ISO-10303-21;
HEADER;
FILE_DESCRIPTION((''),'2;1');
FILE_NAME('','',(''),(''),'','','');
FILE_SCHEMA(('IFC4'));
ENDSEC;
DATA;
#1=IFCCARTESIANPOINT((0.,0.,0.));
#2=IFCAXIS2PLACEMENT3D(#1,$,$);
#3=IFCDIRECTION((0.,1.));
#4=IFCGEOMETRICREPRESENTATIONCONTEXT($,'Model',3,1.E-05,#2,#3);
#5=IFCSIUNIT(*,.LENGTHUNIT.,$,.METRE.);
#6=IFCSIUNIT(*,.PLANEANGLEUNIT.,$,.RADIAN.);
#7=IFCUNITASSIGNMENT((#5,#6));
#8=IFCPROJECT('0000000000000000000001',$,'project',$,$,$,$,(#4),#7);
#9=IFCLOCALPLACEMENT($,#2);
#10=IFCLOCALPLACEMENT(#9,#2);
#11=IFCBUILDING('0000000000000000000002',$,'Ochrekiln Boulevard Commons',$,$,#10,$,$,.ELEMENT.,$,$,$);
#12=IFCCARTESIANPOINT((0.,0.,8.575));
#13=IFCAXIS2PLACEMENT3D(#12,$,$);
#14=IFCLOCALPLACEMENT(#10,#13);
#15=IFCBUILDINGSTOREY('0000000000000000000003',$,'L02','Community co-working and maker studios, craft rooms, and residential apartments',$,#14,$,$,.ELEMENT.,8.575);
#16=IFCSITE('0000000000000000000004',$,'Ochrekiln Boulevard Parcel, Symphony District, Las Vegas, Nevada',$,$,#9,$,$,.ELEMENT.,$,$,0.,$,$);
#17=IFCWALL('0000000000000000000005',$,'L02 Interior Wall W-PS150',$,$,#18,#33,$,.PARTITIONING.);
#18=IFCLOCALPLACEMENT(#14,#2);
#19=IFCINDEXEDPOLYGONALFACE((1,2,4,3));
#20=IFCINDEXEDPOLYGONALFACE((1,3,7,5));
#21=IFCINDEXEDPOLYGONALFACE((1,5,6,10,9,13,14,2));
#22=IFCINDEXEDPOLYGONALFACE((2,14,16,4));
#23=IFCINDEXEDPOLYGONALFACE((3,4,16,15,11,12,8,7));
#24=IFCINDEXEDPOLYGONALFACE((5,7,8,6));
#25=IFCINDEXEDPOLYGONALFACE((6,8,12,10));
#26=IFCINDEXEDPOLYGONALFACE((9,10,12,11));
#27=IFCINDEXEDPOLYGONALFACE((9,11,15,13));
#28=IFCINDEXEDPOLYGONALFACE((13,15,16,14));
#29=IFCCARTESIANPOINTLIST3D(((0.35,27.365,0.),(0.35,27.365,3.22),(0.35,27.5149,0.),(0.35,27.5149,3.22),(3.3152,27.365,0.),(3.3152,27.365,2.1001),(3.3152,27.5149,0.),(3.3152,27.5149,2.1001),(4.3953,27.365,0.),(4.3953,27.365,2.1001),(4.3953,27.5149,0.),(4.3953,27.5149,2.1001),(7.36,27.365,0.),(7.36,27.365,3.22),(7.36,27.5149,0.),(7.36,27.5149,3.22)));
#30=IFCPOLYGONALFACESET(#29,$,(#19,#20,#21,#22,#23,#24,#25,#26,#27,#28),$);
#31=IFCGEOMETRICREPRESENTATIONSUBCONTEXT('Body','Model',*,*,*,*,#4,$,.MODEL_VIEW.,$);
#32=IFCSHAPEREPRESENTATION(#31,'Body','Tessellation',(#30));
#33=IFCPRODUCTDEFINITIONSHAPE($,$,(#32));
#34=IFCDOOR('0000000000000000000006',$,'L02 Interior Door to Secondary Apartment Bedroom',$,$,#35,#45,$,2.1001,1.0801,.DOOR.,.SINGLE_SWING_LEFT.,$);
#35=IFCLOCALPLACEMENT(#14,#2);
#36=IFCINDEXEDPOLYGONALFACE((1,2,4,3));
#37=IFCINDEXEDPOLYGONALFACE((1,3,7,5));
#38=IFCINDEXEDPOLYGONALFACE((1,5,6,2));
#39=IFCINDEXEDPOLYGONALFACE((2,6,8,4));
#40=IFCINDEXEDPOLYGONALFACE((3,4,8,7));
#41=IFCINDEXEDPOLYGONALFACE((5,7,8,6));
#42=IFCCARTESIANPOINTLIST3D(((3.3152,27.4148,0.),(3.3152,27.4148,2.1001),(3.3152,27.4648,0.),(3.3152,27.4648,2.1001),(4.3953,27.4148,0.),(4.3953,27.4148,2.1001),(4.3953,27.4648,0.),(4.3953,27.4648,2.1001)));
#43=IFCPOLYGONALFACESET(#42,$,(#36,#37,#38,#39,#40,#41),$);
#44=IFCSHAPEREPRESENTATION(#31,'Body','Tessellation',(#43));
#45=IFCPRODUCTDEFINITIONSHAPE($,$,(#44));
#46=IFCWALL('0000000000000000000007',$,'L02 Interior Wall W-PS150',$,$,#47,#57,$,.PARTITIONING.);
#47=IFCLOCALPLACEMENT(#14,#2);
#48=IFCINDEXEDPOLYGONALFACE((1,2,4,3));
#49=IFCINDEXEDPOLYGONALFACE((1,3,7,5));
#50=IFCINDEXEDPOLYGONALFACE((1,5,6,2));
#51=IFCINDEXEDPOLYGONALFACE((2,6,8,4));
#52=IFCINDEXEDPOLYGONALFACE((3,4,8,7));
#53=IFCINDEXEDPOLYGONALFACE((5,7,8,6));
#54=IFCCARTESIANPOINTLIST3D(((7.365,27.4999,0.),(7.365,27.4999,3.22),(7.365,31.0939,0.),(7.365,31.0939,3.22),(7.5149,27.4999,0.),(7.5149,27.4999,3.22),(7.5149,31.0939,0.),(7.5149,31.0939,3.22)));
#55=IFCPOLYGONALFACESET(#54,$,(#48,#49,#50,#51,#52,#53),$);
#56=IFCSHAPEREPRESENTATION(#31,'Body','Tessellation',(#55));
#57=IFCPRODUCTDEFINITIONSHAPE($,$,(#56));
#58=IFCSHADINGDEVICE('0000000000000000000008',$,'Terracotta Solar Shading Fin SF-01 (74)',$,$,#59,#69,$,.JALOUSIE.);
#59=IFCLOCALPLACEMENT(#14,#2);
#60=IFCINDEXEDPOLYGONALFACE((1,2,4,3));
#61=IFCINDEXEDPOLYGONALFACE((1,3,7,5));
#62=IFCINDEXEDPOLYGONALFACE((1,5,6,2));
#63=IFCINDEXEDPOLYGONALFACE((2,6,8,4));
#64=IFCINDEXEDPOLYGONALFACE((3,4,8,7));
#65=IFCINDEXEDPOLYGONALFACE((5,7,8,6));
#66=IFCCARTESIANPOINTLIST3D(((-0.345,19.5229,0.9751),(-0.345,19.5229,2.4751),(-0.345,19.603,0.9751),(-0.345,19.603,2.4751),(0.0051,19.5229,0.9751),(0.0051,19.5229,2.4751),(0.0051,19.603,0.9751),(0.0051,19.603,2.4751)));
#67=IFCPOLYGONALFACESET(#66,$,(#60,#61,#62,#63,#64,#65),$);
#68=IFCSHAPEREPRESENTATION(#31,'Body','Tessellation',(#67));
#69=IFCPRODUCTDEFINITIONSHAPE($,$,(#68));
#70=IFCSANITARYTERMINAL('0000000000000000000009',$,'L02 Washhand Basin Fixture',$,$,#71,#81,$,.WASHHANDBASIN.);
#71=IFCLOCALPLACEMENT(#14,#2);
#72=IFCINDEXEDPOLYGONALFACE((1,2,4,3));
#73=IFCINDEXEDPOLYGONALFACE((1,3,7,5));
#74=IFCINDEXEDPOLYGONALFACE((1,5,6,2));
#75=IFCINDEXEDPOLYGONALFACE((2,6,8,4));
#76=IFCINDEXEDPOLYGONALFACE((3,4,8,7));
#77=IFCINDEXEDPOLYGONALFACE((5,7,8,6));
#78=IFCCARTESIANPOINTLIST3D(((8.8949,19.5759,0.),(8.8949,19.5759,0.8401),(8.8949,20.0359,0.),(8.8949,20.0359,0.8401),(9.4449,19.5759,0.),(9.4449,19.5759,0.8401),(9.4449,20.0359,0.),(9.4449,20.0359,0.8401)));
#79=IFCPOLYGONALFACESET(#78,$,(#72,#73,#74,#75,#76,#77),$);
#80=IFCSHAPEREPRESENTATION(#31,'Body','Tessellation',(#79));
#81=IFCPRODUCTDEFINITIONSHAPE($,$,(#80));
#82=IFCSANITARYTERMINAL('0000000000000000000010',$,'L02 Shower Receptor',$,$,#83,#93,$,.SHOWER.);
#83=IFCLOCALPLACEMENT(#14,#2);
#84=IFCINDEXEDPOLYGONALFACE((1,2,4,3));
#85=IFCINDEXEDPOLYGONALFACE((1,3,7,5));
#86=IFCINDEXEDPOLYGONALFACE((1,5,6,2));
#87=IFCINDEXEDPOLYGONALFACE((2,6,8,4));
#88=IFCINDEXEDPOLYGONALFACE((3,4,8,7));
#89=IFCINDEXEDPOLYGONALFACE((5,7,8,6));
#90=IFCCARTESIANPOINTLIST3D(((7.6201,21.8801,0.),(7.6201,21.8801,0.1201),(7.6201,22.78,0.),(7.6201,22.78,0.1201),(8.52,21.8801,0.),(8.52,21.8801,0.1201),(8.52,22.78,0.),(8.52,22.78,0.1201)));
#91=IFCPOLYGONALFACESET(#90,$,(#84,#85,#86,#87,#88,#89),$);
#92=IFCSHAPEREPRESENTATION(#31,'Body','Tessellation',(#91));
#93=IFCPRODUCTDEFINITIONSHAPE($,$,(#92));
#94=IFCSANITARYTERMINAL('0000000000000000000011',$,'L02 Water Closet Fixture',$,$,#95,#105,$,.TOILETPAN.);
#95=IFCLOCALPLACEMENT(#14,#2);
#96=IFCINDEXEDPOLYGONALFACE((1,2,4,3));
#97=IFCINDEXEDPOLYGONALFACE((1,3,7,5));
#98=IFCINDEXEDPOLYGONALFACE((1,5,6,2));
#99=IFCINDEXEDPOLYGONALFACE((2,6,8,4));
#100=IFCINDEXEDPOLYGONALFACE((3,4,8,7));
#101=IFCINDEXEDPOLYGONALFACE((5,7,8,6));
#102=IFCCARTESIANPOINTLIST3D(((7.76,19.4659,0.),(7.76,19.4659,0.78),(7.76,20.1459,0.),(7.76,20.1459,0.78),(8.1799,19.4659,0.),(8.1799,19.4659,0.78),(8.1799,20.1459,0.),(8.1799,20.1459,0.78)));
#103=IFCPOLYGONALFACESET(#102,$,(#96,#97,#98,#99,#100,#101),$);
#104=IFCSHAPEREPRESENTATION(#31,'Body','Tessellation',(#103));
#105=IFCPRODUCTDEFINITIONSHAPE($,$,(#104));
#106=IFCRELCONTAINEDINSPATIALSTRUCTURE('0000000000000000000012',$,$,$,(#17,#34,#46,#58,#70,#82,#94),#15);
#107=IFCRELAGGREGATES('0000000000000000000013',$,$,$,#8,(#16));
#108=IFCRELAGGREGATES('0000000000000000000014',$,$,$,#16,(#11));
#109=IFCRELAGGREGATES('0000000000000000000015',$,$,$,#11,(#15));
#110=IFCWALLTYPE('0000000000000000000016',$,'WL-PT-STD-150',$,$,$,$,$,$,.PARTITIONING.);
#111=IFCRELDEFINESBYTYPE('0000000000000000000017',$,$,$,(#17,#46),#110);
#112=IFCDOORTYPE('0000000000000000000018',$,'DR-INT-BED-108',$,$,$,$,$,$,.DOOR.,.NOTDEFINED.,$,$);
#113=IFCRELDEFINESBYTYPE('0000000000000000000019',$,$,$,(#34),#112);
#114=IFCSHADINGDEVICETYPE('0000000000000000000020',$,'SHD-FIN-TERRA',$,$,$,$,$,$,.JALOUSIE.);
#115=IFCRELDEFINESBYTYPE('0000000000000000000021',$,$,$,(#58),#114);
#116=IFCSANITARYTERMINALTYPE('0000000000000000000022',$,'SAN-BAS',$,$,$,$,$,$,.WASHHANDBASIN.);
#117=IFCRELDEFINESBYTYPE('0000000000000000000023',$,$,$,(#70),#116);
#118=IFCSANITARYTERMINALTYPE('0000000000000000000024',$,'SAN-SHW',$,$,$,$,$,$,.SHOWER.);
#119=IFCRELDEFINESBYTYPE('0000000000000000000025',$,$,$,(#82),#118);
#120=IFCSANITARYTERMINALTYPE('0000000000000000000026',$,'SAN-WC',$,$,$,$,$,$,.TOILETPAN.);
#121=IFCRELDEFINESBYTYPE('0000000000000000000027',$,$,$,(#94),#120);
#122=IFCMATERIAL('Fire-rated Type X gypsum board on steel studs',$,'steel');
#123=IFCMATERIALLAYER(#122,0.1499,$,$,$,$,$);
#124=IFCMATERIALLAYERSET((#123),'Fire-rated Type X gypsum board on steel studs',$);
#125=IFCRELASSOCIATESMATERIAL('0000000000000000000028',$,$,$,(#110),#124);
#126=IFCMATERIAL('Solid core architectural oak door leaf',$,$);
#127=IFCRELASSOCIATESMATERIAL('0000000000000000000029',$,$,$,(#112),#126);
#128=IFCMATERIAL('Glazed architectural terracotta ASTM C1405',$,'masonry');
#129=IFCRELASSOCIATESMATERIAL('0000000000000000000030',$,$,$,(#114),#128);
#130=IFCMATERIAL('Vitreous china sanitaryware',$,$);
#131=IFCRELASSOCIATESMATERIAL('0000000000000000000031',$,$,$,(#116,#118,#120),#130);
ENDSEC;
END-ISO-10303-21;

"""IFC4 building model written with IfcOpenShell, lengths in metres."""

from ifc_helpers import new_model, si_unit, direction, frame, frame_2d, origin, origin_2d, place, context, subcontext, project, spatial, rectangle, extrude, material, layer, layer_set, type_object, element, fill, save


model = new_model("IFC4")

# Units and contexts
model_context = context("Model", 3, precision=1e-05, world=origin(), true_north=direction((0.0, 1.0)))
body_context = subcontext(model_context, "Body", "Model", "MODEL_VIEW")
ifc_project = project(units=[si_unit("LENGTHUNIT", "METRE"), si_unit("PLANEANGLEUNIT", "RADIAN")], contexts=[model_context])

# Site, building, storey
site_placement = place(None, origin())
site = spatial("IfcSite", under=ifc_project, at=site_placement, Name="Ochrekiln Boulevard Parcel, Symphony District, Las Vegas, Nevada", CompositionType="ELEMENT", RefElevation=0.0)
building_placement = place(site_placement, origin())
building = spatial("IfcBuilding", under=site, at=building_placement, Name="Ochrekiln Boulevard Commons", CompositionType="ELEMENT")
storey_placement = place(building_placement, frame((0.0, 0.0, 8.575)))
storey = spatial("IfcBuildingStorey", under=building, at=storey_placement, Name="L02", Description="Community co-working and maker studios, craft rooms, and residential apartments", CompositionType="ELEMENT", Elevation=8.575)

# Shared definitions
ifc_material_1 = material(Name="Solid core architectural oak door leaf")

# Shared definitions
ifc_material_2 = material(Name="Fire-rated Type X gypsum board on steel studs", Category="steel")

# Shared definitions
ifc_layer_1 = layer(ifc_material_2, 0.1499)
ifc_layer_set_1 = layer_set([ifc_layer_1], Name="Fire-rated Type X gypsum board on steel studs")
wall_type_1 = type_object("IfcWallType", Name="WL-PT-STD-150", PredefinedType="PARTITIONING", material=ifc_layer_set_1)
door_type_1 = type_object("IfcDoorType", Name="DR-INT-BED-108", OperationType="NOTDEFINED", PredefinedType="DOOR", material=ifc_material_1)

# Wall, opening, door
wall_1_placement = place(storey_placement, frame((0.3501, 27.4399, 0.0), z_axis=(0.0, 0.0, 1.0), x_axis=(1.0, 0.0, 0.0)))
wall_1 = element("IfcWall", 1, at=wall_1_placement, inside=storey, type_object=wall_type_1, Name="L02 Interior Wall W-PS150", PredefinedType="PARTITIONING", context=body_context, shape_type="SweptSolid", body=[
    extrude(rectangle(XDim=7.01, YDim=0.1499, at=frame_2d((3.5049, 0.0))), origin(), (0.0, 0.0, 1.0), 3.22),
])
opening_1_placement = place(wall_1_placement, frame((2.9651, 0.0, 0.0)))
opening_1 = element("IfcOpeningElement", 2, at=opening_1_placement, cuts=wall_1, PredefinedType="OPENING", context=body_context, shape_type="SweptSolid", body=[
    extrude(rectangle(XDim=1.0801, YDim=2.1001, at=frame_2d((0.54, 1.05))), frame((0.0, 0.085, 0.0), z_axis=(0.0, -1.0, 0.0), x_axis=(1.0, 0.0, 0.0)), (0.0, 0.0, 1.0), 0.1699),
])
door_1_placement = place(opening_1_placement, origin())
door_1 = element("IfcDoor", 3, at=door_1_placement, inside=storey, type_object=door_type_1, Name="L02 Interior Door to Secondary Apartment Bedroom", OperationType="SINGLE_SWING_LEFT", OverallHeight=2.1001, OverallWidth=1.0801, PredefinedType="DOOR", context=body_context, shape_type="SweptSolid", body=[
    extrude(rectangle(XDim=1.0801, YDim=2.1001, at=frame_2d((0.54, 1.05))), frame((0.0, 0.0249, 0.0), z_axis=(0.0, -1.0, 0.0), x_axis=(1.0, 0.0, 0.0)), (0.0, 0.0, 1.0), 0.05),
])
fill(opening_1, door_1)

# Wall
wall_2_placement = place(storey_placement, frame((7.4399, 27.5, 0.0), z_axis=(0.0, 0.0, 1.0), x_axis=(0.0, 1.0, 0.0)))
element("IfcWall", 4, at=wall_2_placement, inside=storey, type_object=wall_type_1, Name="L02 Interior Wall W-PS150", PredefinedType="PARTITIONING", context=body_context, shape_type="SweptSolid", body=[
    extrude(rectangle(XDim=3.594, YDim=0.1499, at=frame_2d((1.7969, 0.0))), origin(), (0.0, 0.0, 1.0), 3.22),
])

# Shading device
ifc_material_3 = material(Name="Glazed architectural terracotta ASTM C1405", Category="masonry")
shading_device_type = type_object("IfcShadingDeviceType", Name="SHD-FIN-TERRA", PredefinedType="JALOUSIE", material=ifc_material_3)
shading_device_placement = place(storey_placement, frame((-0.1699, 19.563, 0.9751), z_axis=(0.0, 0.0, 1.0), x_axis=(1.0, 0.0, 0.0)))
element("IfcShadingDevice", 5, at=shading_device_placement, inside=storey, type_object=shading_device_type, Name="Terracotta Solar Shading Fin SF-01 (74)", PredefinedType="JALOUSIE", context=body_context, shape_type="SweptSolid", body=[
    extrude(rectangle(XDim=0.3501, YDim=0.0801, at=origin_2d()), origin(), (0.0, 0.0, 1.0), 1.5),
])

# Sanitary terminals
ifc_material_4 = material(Name="Vitreous china sanitaryware")
sanitary_terminal_type_1 = type_object("IfcSanitaryTerminalType", Name="SAN-BAS", PredefinedType="WASHHANDBASIN", material=ifc_material_4)
sanitary_terminal_1_placement = place(storey_placement, frame((9.1699, 19.8059, 0.0), z_axis=(0.0, 0.0, 1.0), x_axis=(1.0, 0.0, 0.0)))
element("IfcSanitaryTerminal", 6, at=sanitary_terminal_1_placement, inside=storey, type_object=sanitary_terminal_type_1, Name="L02 Washhand Basin Fixture", PredefinedType="WASHHANDBASIN", context=body_context, shape_type="SweptSolid", body=[
    extrude(rectangle(XDim=0.55, YDim=0.46, at=origin_2d()), origin(), (0.0, 0.0, 1.0), 0.8401),
])
sanitary_terminal_type_2 = type_object("IfcSanitaryTerminalType", Name="SAN-SHW", PredefinedType="SHOWER", material=ifc_material_4)
sanitary_terminal_2_placement = place(storey_placement, frame((8.0701, 22.3301, 0.0), z_axis=(0.0, 0.0, 1.0), x_axis=(1.0, 0.0, 0.0)))
element("IfcSanitaryTerminal", 7, at=sanitary_terminal_2_placement, inside=storey, type_object=sanitary_terminal_type_2, Name="L02 Shower Receptor", PredefinedType="SHOWER", context=body_context, shape_type="SweptSolid", body=[
    extrude(rectangle(XDim=0.8999, YDim=0.8999, at=origin_2d()), origin(), (0.0, 0.0, 1.0), 0.1201),
])
sanitary_terminal_type_3 = type_object("IfcSanitaryTerminalType", Name="SAN-WC", PredefinedType="TOILETPAN", material=ifc_material_4)
sanitary_terminal_3_placement = place(storey_placement, frame((7.97, 19.8059, 0.0), z_axis=(0.0, 0.0, 1.0), x_axis=(1.0, 0.0, 0.0)))
element("IfcSanitaryTerminal", 8, at=sanitary_terminal_3_placement, inside=storey, type_object=sanitary_terminal_type_3, Name="L02 Water Closet Fixture", PredefinedType="TOILETPAN", context=body_context, shape_type="SweptSolid", body=[
    extrude(rectangle(XDim=0.4199, YDim=0.6799, at=origin_2d()), origin(), (0.0, 0.0, 1.0), 0.78),
])

save(model, "model.ifc")
